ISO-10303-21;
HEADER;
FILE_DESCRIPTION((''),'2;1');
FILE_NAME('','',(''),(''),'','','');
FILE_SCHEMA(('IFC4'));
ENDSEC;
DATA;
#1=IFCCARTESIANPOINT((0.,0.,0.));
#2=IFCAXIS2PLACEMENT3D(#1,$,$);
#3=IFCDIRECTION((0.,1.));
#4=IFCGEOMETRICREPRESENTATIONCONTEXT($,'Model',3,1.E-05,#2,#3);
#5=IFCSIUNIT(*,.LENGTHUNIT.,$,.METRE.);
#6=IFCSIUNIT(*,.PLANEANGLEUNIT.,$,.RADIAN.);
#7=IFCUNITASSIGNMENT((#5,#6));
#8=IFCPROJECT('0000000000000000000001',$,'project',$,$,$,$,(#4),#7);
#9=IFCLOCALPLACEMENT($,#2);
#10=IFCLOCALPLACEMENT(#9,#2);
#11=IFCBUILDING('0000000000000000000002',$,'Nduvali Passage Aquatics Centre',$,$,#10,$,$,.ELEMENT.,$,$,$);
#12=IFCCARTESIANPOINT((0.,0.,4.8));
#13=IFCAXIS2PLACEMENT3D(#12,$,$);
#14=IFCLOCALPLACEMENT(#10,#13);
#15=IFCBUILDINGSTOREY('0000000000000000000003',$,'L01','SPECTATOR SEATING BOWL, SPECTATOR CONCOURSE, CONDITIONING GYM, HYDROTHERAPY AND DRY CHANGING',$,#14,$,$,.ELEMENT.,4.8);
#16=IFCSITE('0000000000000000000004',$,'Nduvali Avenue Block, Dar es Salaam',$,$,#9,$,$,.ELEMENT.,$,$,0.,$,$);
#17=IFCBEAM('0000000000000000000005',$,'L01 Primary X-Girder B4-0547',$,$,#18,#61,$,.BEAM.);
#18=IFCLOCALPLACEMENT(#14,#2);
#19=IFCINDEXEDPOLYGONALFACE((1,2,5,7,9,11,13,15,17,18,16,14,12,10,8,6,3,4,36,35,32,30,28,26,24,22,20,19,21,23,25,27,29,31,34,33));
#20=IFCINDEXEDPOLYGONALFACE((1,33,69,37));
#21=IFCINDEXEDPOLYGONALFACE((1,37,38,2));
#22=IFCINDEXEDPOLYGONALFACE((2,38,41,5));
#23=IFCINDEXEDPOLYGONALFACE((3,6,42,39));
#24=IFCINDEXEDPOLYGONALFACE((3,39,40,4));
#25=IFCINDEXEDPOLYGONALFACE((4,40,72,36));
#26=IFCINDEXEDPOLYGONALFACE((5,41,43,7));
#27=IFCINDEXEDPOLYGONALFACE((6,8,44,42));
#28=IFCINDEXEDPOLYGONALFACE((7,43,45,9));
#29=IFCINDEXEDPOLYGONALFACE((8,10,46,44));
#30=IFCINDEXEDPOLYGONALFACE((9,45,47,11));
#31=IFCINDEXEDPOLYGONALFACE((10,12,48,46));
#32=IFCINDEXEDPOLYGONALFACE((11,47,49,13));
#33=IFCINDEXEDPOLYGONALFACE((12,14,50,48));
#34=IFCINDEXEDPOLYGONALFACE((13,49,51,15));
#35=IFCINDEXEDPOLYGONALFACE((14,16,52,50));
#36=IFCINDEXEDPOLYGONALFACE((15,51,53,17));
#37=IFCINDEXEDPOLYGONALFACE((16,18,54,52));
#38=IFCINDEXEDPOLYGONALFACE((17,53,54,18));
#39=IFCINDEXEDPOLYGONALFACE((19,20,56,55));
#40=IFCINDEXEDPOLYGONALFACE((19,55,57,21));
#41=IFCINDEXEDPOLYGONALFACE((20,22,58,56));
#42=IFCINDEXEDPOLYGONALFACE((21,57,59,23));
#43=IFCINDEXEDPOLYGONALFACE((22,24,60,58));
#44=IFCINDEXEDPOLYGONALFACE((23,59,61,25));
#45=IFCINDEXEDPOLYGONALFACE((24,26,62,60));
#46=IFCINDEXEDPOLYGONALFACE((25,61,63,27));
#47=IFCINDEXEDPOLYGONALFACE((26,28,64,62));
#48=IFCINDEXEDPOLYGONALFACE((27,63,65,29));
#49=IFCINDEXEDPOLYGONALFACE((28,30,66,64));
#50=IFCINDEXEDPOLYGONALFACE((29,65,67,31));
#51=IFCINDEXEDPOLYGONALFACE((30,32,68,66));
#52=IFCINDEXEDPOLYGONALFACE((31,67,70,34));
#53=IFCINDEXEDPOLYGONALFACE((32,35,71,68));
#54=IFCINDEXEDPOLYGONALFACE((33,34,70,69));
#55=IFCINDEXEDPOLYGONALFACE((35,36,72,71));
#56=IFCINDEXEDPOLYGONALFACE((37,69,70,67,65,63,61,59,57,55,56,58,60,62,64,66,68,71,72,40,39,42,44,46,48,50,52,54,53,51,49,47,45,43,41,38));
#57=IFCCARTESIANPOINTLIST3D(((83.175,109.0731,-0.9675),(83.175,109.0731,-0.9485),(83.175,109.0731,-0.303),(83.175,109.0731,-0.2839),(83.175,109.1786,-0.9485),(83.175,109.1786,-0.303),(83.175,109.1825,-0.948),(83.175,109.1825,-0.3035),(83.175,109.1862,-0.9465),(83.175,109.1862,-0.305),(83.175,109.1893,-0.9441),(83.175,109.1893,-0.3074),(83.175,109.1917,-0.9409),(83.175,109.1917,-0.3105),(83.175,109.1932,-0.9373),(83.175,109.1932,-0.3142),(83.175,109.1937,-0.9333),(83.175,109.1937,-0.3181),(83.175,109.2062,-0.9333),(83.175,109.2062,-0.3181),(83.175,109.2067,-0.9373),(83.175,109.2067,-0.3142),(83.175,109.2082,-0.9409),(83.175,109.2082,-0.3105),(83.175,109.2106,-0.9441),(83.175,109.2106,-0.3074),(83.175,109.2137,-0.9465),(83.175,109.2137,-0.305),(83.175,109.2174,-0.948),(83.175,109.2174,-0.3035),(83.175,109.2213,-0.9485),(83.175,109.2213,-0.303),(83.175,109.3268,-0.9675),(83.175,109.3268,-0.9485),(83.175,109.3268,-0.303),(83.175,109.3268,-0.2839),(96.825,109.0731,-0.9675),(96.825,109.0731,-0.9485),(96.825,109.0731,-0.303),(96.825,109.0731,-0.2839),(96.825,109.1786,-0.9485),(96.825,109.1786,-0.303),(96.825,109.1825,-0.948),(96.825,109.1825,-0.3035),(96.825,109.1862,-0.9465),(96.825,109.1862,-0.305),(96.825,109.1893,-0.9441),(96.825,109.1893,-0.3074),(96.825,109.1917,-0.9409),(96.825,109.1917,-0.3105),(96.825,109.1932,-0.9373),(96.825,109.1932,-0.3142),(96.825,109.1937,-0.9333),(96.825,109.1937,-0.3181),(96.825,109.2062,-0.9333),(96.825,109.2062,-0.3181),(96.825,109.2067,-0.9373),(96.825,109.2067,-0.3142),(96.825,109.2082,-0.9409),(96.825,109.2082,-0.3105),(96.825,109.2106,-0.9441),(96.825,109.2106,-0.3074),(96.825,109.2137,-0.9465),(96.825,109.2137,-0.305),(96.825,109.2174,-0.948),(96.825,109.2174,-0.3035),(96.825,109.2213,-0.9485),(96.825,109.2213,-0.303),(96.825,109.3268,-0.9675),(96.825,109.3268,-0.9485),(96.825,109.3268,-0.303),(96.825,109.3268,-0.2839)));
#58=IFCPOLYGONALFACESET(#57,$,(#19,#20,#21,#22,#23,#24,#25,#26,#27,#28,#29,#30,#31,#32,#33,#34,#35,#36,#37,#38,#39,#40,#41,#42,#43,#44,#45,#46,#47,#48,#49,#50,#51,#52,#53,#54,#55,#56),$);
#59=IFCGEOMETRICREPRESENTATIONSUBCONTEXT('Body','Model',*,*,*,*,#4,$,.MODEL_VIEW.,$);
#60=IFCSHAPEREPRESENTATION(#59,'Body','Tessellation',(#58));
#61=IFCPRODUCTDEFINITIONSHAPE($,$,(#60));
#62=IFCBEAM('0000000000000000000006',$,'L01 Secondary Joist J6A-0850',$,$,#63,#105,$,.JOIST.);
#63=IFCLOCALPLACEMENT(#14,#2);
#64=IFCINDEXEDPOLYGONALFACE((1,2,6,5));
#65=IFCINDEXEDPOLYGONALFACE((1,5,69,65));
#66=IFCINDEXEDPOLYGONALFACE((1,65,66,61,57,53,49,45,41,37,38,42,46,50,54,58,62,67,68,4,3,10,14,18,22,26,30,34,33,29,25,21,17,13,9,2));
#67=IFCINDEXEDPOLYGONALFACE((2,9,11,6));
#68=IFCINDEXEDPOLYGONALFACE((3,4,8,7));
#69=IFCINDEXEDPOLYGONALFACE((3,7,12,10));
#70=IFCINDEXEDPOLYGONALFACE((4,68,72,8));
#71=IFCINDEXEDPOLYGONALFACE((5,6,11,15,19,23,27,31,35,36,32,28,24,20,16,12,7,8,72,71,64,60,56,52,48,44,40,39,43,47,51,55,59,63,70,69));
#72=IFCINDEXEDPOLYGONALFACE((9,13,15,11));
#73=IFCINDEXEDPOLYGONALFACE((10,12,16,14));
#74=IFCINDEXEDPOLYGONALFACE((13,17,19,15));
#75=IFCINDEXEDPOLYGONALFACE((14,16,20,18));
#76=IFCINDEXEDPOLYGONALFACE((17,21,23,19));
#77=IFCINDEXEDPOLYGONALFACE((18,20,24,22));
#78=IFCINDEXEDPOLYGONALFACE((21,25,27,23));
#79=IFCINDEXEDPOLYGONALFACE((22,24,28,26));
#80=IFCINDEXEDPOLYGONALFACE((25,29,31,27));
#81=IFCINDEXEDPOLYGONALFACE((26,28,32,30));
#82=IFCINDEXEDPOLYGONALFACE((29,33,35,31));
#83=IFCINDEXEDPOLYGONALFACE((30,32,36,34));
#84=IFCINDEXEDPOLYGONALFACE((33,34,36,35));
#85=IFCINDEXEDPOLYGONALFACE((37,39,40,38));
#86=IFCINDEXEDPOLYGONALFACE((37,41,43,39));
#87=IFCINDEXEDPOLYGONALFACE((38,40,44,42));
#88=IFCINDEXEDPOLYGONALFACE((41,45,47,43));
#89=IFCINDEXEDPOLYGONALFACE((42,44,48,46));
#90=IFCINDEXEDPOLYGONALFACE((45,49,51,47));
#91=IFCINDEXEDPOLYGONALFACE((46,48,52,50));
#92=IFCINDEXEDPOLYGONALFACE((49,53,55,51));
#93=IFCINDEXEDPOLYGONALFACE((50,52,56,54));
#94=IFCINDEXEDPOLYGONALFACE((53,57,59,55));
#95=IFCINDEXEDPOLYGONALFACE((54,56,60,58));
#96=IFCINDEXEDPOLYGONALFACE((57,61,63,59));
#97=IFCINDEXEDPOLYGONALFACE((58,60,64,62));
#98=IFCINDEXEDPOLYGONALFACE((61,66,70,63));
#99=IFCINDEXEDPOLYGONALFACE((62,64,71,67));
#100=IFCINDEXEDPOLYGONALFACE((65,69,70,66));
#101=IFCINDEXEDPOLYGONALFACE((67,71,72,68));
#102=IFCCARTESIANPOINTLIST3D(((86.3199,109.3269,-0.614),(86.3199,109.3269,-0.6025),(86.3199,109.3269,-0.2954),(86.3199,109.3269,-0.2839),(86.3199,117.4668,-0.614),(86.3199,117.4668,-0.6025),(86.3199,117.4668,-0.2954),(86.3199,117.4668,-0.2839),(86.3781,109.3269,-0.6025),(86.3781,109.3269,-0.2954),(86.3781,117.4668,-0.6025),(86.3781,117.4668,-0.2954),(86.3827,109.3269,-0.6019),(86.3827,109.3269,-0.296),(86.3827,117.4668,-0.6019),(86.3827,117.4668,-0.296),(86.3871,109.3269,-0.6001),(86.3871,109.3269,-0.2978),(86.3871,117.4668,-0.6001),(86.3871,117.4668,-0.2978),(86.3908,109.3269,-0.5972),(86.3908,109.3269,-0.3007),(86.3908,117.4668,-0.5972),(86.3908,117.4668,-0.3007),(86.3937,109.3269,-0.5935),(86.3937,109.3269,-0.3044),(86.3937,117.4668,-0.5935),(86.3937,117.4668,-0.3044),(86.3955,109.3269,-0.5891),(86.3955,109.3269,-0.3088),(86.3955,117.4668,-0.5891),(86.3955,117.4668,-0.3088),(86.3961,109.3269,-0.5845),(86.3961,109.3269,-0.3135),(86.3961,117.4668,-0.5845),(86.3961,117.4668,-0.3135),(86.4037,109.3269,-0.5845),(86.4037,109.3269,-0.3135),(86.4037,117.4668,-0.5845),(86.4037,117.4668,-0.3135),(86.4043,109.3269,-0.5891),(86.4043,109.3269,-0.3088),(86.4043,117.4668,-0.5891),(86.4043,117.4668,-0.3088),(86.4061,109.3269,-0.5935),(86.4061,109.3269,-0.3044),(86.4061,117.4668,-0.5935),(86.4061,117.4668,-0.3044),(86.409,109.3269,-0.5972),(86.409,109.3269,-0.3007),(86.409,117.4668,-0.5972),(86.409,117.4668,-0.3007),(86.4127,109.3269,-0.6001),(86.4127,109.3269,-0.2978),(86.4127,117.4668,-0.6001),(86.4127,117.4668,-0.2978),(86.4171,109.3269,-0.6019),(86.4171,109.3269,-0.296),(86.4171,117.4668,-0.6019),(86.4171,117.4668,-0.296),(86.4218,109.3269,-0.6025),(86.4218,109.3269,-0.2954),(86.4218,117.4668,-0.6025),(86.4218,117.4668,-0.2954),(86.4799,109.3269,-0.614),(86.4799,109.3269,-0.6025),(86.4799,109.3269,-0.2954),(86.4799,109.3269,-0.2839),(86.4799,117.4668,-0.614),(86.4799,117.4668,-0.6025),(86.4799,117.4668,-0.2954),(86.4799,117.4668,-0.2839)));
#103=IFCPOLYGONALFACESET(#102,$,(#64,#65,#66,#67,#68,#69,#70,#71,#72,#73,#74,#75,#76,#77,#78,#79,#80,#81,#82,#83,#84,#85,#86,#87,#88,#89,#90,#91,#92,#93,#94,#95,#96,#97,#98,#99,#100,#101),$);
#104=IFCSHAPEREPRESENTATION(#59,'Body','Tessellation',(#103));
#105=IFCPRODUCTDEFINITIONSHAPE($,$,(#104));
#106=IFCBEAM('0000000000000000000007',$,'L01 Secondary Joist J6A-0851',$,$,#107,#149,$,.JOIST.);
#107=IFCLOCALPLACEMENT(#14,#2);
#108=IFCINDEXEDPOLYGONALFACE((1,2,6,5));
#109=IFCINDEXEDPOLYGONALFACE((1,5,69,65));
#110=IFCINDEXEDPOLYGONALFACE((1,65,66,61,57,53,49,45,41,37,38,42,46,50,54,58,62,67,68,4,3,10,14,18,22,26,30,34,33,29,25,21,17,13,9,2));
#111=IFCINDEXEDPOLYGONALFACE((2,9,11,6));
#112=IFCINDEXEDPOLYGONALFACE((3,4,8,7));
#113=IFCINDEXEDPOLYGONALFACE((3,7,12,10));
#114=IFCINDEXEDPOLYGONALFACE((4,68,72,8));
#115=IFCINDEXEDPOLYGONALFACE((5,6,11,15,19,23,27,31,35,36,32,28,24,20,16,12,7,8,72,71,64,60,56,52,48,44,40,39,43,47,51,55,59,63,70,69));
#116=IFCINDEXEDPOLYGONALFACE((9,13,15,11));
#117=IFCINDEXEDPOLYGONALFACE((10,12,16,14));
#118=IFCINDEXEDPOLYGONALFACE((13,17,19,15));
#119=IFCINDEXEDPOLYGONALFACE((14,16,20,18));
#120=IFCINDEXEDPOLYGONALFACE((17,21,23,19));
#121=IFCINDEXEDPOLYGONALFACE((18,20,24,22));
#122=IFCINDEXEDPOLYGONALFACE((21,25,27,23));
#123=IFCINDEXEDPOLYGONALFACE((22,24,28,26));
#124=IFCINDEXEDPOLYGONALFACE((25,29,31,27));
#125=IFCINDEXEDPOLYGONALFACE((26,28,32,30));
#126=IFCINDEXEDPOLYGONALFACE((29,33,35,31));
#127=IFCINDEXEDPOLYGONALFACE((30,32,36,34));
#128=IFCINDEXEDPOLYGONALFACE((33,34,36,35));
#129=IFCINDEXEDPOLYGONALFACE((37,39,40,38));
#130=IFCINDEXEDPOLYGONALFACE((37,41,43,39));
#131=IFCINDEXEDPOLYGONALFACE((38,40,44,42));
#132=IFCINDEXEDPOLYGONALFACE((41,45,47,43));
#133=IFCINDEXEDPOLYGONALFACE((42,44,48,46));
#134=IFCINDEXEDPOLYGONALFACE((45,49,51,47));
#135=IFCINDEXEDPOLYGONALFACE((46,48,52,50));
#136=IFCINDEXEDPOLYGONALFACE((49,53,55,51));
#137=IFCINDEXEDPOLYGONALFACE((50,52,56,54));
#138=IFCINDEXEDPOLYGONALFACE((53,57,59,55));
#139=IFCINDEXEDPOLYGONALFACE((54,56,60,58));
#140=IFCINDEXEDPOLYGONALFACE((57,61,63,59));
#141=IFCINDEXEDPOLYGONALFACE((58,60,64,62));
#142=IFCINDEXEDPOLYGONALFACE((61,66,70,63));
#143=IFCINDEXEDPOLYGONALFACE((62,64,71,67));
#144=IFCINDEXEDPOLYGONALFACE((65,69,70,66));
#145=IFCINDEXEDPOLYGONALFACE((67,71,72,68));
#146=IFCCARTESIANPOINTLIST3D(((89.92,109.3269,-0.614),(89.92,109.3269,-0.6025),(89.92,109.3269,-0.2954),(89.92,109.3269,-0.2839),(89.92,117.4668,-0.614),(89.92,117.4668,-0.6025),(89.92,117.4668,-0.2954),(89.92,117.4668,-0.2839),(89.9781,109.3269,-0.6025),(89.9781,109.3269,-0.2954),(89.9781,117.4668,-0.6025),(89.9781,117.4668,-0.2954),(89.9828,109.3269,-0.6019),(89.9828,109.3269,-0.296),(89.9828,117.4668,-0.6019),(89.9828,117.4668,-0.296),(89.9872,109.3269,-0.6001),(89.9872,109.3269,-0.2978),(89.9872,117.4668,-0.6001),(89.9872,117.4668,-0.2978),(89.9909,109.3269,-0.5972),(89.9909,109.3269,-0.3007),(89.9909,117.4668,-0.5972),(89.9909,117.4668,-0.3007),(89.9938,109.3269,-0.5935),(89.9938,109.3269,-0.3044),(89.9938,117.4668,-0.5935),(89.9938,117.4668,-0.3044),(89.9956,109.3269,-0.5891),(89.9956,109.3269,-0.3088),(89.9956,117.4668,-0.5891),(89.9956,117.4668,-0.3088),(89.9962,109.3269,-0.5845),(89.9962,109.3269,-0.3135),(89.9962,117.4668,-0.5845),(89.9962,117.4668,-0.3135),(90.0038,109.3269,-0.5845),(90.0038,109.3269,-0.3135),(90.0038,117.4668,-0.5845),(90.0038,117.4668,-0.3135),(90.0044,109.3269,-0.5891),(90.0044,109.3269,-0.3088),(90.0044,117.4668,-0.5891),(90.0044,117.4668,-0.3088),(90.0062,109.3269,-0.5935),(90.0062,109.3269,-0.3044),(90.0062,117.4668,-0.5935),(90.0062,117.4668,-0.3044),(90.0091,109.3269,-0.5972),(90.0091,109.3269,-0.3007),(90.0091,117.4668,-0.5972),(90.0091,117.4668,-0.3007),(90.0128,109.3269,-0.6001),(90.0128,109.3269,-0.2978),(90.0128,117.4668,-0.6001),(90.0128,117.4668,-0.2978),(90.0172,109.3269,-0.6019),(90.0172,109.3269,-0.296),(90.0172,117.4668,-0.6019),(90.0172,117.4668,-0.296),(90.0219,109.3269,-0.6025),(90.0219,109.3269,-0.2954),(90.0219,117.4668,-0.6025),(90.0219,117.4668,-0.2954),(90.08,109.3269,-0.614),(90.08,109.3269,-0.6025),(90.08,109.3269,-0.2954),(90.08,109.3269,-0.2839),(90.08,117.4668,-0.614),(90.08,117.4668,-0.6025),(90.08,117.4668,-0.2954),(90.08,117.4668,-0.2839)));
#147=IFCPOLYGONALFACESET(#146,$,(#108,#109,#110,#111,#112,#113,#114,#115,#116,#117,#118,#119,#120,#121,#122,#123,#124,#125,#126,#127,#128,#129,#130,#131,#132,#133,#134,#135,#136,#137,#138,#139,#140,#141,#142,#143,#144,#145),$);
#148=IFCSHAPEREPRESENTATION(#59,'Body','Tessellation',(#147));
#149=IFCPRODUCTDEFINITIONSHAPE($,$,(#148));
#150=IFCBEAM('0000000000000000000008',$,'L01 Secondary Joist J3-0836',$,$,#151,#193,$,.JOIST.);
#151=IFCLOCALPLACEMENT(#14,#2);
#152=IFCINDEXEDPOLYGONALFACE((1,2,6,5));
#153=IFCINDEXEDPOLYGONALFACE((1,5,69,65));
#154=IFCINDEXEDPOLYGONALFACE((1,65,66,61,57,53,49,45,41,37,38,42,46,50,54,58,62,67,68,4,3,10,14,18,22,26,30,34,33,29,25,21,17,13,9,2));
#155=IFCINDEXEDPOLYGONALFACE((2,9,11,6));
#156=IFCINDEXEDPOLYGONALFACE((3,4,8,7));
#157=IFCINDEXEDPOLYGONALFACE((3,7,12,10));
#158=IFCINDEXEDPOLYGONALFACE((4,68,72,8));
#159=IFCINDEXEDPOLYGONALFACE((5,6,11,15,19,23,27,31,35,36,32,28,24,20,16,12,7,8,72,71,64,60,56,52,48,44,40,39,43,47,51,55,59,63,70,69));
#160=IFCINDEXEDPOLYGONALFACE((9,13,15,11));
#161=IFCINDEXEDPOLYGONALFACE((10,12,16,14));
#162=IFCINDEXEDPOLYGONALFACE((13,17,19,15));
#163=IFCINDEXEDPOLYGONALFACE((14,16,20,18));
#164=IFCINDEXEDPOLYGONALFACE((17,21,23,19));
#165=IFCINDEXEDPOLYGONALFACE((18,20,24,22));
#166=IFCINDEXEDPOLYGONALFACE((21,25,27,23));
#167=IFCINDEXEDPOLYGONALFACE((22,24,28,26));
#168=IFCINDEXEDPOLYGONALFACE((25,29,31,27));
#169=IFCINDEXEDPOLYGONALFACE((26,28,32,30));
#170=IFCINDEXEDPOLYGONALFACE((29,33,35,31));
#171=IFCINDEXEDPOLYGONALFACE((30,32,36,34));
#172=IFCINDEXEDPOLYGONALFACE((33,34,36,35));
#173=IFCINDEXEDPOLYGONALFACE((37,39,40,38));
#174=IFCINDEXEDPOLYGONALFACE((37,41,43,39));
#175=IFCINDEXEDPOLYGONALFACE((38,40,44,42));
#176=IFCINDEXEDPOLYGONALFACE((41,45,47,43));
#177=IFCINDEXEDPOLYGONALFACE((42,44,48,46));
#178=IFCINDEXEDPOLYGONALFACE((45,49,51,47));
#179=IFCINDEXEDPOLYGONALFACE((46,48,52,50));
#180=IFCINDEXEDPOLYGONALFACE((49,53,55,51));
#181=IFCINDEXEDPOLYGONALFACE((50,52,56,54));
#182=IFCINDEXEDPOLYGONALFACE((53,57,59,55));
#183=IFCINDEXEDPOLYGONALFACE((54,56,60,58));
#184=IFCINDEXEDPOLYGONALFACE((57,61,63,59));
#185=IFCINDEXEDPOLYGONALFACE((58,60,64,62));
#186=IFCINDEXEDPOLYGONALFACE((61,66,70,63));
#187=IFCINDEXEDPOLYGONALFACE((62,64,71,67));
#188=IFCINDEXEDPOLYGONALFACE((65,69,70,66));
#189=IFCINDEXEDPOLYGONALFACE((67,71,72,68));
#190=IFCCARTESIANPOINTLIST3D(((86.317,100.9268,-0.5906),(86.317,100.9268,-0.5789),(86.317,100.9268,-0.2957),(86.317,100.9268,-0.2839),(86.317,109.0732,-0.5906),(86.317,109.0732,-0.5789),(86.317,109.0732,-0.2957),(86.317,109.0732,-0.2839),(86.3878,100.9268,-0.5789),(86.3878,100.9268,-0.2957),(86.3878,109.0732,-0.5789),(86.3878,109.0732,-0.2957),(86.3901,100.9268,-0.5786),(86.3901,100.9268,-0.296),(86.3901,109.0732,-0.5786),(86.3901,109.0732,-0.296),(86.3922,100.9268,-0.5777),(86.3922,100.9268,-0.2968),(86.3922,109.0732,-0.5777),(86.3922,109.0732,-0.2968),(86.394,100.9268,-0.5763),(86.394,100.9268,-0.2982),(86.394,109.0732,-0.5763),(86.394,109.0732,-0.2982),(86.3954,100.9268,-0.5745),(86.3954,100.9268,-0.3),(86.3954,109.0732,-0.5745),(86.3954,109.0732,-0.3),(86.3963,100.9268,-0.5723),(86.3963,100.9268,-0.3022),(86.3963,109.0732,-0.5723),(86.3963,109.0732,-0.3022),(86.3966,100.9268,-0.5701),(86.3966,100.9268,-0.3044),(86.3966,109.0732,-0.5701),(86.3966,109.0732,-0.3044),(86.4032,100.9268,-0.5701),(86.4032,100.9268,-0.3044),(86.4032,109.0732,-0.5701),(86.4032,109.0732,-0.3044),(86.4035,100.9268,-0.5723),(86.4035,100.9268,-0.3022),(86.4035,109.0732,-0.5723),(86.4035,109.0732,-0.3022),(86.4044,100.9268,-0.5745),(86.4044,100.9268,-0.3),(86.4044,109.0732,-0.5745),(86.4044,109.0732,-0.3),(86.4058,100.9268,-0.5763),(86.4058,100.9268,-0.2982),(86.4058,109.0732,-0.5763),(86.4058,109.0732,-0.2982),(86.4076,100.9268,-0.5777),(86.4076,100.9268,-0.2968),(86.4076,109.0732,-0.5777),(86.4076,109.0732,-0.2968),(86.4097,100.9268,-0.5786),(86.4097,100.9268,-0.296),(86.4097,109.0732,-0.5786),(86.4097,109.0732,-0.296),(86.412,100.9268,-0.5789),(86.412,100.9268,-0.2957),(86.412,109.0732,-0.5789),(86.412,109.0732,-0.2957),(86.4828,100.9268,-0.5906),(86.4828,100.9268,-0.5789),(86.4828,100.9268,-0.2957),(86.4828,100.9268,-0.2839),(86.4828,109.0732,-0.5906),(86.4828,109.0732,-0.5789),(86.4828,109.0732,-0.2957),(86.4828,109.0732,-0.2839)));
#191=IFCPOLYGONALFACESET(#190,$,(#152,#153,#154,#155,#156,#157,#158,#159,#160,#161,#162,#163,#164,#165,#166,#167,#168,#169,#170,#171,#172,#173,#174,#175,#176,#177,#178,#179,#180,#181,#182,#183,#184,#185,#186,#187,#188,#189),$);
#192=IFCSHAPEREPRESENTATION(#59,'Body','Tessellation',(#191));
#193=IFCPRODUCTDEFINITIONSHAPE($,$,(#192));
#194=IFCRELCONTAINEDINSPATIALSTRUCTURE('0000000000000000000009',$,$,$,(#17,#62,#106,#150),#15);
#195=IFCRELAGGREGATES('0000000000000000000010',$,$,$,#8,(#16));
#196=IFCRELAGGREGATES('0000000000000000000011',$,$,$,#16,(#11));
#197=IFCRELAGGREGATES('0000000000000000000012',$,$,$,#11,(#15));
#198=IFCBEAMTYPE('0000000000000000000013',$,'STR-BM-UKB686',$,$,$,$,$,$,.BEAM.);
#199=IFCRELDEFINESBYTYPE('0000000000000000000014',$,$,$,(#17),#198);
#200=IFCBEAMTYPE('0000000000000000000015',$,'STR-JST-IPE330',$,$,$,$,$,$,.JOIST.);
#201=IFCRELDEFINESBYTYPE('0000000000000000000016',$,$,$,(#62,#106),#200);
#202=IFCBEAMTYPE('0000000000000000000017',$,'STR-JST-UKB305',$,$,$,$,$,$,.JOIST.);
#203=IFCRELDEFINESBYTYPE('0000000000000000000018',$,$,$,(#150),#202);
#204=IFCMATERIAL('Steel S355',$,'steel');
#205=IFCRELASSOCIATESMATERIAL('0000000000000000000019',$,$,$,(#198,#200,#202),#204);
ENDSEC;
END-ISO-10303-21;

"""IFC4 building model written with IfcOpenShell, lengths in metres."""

from ifc_helpers import new_model, si_unit, direction, frame, origin, origin_2d, place, context, subcontext, project, spatial, i_section, extrude, material, material_profile, profile_set, type_object, element, save


model = new_model("IFC4")

# Units and contexts
model_context = context("Model", 3, precision=1e-05, world=origin(), true_north=direction((0.0, 1.0)))
body_context = subcontext(model_context, "Body", "Model", "MODEL_VIEW")
ifc_project = project(units=[si_unit("LENGTHUNIT", "METRE"), si_unit("PLANEANGLEUNIT", "RADIAN")], contexts=[model_context])

# Site, building, storey
site_placement = place(None, origin())
site = spatial("IfcSite", under=ifc_project, at=site_placement, Name="Nduvali Avenue Block, Dar es Salaam", CompositionType="ELEMENT", RefElevation=0.0)
building_placement = place(site_placement, origin())
building = spatial("IfcBuilding", under=site, at=building_placement, Name="Nduvali Passage Aquatics Centre", CompositionType="ELEMENT")
storey_placement = place(building_placement, frame((0.0, 0.0, 4.8)))
storey = spatial("IfcBuildingStorey", under=building, at=storey_placement, Name="L01", Description="SPECTATOR SEATING BOWL, SPECTATOR CONCOURSE, CONDITIONING GYM, HYDROTHERAPY AND DRY CHANGING", CompositionType="ELEMENT", Elevation=4.8)

# Shared definitions
ifc_material_1 = material(Name="Steel S355", Category="steel")

# Beams
ifc_material_profile_1 = material_profile(ifc_material_1, i_section(OverallWidth=0.2537, OverallDepth=0.6836, WebThickness=0.0125, FlangeThickness=0.019, FilletRadius=0.0151, at=origin_2d()), Name="UKB 686x254x140")
ifc_profile_set_1 = profile_set([ifc_material_profile_1], Name="Steel S355")
beam_type_1 = type_object("IfcBeamType", Name="STR-BM-UKB686", PredefinedType="BEAM", material=ifc_profile_set_1)
for number, where, z_axis, x_axis, name in (
    (1, (83.175, 109.2, -0.6257), (1.0, 0.0, 0.0), (0.0, 1.0, 0.0), "L01 Primary X-Girder B4-0547"),
):
    element("IfcBeam", number, at=place(storey_placement, frame(where, z_axis=z_axis, x_axis=x_axis)), inside=storey, type_object=beam_type_1, Name=name, PredefinedType="BEAM", context=body_context, shape_type="SweptSolid", body=[
        extrude(i_section(OverallWidth=0.2537, OverallDepth=0.6836, WebThickness=0.0125, FlangeThickness=0.019, FilletRadius=0.0151, at=origin_2d()), origin(), (0.0, 0.0, 1.0), 13.6499),
    ])
ifc_material_profile_2 = material_profile(ifc_material_1, i_section(OverallWidth=0.1599, OverallDepth=0.3301, WebThickness=0.0076, FlangeThickness=0.0115, FilletRadius=0.0181, at=origin_2d()), Name="IPE 330")
ifc_profile_set_2 = profile_set([ifc_material_profile_2], Name="Steel S355")
beam_type_2 = type_object("IfcBeamType", Name="STR-JST-IPE330", PredefinedType="JOIST", material=ifc_profile_set_2)
for number, where, z_axis, x_axis, name in (
    (2, (86.3999, 109.3269, -0.449), (0.0, 1.0, 0.0), (-1.0, 0.0, 0.0), "L01 Secondary Joist J6A-0850"),
    (3, (90.0, 109.3269, -0.449), (0.0, 1.0, 0.0), (-1.0, 0.0, 0.0), "L01 Secondary Joist J6A-0851"),
):
    element("IfcBeam", number, at=place(storey_placement, frame(where, z_axis=z_axis, x_axis=x_axis)), inside=storey, type_object=beam_type_2, Name=name, PredefinedType="JOIST", context=body_context, shape_type="SweptSolid", body=[
        extrude(i_section(OverallWidth=0.1599, OverallDepth=0.3301, WebThickness=0.0076, FlangeThickness=0.0115, FilletRadius=0.0181, at=origin_2d()), origin(), (0.0, 0.0, 1.0), 8.1399),
    ])
ifc_material_profile_3 = material_profile(ifc_material_1, i_section(OverallWidth=0.1658, OverallDepth=0.3066, WebThickness=0.0066, FlangeThickness=0.0117, FilletRadius=0.0088, at=origin_2d()), Name="UKB 305x165x46")
ifc_profile_set_3 = profile_set([ifc_material_profile_3], Name="Steel S355")
beam_type_3 = type_object("IfcBeamType", Name="STR-JST-UKB305", PredefinedType="JOIST", material=ifc_profile_set_3)
for number, where, z_axis, x_axis, name in (
    (4, (86.3999, 100.9268, -0.4373), (0.0, 1.0, 0.0), (-1.0, 0.0, 0.0), "L01 Secondary Joist J3-0836"),
):
    element("IfcBeam", number, at=place(storey_placement, frame(where, z_axis=z_axis, x_axis=x_axis)), inside=storey, type_object=beam_type_3, Name=name, PredefinedType="JOIST", context=body_context, shape_type="SweptSolid", body=[
        extrude(i_section(OverallWidth=0.1658, OverallDepth=0.3066, WebThickness=0.0066, FlangeThickness=0.0117, FilletRadius=0.0088, at=origin_2d()), origin(), (0.0, 0.0, 1.0), 8.1465),
    ])

save(model, "model.ifc")
